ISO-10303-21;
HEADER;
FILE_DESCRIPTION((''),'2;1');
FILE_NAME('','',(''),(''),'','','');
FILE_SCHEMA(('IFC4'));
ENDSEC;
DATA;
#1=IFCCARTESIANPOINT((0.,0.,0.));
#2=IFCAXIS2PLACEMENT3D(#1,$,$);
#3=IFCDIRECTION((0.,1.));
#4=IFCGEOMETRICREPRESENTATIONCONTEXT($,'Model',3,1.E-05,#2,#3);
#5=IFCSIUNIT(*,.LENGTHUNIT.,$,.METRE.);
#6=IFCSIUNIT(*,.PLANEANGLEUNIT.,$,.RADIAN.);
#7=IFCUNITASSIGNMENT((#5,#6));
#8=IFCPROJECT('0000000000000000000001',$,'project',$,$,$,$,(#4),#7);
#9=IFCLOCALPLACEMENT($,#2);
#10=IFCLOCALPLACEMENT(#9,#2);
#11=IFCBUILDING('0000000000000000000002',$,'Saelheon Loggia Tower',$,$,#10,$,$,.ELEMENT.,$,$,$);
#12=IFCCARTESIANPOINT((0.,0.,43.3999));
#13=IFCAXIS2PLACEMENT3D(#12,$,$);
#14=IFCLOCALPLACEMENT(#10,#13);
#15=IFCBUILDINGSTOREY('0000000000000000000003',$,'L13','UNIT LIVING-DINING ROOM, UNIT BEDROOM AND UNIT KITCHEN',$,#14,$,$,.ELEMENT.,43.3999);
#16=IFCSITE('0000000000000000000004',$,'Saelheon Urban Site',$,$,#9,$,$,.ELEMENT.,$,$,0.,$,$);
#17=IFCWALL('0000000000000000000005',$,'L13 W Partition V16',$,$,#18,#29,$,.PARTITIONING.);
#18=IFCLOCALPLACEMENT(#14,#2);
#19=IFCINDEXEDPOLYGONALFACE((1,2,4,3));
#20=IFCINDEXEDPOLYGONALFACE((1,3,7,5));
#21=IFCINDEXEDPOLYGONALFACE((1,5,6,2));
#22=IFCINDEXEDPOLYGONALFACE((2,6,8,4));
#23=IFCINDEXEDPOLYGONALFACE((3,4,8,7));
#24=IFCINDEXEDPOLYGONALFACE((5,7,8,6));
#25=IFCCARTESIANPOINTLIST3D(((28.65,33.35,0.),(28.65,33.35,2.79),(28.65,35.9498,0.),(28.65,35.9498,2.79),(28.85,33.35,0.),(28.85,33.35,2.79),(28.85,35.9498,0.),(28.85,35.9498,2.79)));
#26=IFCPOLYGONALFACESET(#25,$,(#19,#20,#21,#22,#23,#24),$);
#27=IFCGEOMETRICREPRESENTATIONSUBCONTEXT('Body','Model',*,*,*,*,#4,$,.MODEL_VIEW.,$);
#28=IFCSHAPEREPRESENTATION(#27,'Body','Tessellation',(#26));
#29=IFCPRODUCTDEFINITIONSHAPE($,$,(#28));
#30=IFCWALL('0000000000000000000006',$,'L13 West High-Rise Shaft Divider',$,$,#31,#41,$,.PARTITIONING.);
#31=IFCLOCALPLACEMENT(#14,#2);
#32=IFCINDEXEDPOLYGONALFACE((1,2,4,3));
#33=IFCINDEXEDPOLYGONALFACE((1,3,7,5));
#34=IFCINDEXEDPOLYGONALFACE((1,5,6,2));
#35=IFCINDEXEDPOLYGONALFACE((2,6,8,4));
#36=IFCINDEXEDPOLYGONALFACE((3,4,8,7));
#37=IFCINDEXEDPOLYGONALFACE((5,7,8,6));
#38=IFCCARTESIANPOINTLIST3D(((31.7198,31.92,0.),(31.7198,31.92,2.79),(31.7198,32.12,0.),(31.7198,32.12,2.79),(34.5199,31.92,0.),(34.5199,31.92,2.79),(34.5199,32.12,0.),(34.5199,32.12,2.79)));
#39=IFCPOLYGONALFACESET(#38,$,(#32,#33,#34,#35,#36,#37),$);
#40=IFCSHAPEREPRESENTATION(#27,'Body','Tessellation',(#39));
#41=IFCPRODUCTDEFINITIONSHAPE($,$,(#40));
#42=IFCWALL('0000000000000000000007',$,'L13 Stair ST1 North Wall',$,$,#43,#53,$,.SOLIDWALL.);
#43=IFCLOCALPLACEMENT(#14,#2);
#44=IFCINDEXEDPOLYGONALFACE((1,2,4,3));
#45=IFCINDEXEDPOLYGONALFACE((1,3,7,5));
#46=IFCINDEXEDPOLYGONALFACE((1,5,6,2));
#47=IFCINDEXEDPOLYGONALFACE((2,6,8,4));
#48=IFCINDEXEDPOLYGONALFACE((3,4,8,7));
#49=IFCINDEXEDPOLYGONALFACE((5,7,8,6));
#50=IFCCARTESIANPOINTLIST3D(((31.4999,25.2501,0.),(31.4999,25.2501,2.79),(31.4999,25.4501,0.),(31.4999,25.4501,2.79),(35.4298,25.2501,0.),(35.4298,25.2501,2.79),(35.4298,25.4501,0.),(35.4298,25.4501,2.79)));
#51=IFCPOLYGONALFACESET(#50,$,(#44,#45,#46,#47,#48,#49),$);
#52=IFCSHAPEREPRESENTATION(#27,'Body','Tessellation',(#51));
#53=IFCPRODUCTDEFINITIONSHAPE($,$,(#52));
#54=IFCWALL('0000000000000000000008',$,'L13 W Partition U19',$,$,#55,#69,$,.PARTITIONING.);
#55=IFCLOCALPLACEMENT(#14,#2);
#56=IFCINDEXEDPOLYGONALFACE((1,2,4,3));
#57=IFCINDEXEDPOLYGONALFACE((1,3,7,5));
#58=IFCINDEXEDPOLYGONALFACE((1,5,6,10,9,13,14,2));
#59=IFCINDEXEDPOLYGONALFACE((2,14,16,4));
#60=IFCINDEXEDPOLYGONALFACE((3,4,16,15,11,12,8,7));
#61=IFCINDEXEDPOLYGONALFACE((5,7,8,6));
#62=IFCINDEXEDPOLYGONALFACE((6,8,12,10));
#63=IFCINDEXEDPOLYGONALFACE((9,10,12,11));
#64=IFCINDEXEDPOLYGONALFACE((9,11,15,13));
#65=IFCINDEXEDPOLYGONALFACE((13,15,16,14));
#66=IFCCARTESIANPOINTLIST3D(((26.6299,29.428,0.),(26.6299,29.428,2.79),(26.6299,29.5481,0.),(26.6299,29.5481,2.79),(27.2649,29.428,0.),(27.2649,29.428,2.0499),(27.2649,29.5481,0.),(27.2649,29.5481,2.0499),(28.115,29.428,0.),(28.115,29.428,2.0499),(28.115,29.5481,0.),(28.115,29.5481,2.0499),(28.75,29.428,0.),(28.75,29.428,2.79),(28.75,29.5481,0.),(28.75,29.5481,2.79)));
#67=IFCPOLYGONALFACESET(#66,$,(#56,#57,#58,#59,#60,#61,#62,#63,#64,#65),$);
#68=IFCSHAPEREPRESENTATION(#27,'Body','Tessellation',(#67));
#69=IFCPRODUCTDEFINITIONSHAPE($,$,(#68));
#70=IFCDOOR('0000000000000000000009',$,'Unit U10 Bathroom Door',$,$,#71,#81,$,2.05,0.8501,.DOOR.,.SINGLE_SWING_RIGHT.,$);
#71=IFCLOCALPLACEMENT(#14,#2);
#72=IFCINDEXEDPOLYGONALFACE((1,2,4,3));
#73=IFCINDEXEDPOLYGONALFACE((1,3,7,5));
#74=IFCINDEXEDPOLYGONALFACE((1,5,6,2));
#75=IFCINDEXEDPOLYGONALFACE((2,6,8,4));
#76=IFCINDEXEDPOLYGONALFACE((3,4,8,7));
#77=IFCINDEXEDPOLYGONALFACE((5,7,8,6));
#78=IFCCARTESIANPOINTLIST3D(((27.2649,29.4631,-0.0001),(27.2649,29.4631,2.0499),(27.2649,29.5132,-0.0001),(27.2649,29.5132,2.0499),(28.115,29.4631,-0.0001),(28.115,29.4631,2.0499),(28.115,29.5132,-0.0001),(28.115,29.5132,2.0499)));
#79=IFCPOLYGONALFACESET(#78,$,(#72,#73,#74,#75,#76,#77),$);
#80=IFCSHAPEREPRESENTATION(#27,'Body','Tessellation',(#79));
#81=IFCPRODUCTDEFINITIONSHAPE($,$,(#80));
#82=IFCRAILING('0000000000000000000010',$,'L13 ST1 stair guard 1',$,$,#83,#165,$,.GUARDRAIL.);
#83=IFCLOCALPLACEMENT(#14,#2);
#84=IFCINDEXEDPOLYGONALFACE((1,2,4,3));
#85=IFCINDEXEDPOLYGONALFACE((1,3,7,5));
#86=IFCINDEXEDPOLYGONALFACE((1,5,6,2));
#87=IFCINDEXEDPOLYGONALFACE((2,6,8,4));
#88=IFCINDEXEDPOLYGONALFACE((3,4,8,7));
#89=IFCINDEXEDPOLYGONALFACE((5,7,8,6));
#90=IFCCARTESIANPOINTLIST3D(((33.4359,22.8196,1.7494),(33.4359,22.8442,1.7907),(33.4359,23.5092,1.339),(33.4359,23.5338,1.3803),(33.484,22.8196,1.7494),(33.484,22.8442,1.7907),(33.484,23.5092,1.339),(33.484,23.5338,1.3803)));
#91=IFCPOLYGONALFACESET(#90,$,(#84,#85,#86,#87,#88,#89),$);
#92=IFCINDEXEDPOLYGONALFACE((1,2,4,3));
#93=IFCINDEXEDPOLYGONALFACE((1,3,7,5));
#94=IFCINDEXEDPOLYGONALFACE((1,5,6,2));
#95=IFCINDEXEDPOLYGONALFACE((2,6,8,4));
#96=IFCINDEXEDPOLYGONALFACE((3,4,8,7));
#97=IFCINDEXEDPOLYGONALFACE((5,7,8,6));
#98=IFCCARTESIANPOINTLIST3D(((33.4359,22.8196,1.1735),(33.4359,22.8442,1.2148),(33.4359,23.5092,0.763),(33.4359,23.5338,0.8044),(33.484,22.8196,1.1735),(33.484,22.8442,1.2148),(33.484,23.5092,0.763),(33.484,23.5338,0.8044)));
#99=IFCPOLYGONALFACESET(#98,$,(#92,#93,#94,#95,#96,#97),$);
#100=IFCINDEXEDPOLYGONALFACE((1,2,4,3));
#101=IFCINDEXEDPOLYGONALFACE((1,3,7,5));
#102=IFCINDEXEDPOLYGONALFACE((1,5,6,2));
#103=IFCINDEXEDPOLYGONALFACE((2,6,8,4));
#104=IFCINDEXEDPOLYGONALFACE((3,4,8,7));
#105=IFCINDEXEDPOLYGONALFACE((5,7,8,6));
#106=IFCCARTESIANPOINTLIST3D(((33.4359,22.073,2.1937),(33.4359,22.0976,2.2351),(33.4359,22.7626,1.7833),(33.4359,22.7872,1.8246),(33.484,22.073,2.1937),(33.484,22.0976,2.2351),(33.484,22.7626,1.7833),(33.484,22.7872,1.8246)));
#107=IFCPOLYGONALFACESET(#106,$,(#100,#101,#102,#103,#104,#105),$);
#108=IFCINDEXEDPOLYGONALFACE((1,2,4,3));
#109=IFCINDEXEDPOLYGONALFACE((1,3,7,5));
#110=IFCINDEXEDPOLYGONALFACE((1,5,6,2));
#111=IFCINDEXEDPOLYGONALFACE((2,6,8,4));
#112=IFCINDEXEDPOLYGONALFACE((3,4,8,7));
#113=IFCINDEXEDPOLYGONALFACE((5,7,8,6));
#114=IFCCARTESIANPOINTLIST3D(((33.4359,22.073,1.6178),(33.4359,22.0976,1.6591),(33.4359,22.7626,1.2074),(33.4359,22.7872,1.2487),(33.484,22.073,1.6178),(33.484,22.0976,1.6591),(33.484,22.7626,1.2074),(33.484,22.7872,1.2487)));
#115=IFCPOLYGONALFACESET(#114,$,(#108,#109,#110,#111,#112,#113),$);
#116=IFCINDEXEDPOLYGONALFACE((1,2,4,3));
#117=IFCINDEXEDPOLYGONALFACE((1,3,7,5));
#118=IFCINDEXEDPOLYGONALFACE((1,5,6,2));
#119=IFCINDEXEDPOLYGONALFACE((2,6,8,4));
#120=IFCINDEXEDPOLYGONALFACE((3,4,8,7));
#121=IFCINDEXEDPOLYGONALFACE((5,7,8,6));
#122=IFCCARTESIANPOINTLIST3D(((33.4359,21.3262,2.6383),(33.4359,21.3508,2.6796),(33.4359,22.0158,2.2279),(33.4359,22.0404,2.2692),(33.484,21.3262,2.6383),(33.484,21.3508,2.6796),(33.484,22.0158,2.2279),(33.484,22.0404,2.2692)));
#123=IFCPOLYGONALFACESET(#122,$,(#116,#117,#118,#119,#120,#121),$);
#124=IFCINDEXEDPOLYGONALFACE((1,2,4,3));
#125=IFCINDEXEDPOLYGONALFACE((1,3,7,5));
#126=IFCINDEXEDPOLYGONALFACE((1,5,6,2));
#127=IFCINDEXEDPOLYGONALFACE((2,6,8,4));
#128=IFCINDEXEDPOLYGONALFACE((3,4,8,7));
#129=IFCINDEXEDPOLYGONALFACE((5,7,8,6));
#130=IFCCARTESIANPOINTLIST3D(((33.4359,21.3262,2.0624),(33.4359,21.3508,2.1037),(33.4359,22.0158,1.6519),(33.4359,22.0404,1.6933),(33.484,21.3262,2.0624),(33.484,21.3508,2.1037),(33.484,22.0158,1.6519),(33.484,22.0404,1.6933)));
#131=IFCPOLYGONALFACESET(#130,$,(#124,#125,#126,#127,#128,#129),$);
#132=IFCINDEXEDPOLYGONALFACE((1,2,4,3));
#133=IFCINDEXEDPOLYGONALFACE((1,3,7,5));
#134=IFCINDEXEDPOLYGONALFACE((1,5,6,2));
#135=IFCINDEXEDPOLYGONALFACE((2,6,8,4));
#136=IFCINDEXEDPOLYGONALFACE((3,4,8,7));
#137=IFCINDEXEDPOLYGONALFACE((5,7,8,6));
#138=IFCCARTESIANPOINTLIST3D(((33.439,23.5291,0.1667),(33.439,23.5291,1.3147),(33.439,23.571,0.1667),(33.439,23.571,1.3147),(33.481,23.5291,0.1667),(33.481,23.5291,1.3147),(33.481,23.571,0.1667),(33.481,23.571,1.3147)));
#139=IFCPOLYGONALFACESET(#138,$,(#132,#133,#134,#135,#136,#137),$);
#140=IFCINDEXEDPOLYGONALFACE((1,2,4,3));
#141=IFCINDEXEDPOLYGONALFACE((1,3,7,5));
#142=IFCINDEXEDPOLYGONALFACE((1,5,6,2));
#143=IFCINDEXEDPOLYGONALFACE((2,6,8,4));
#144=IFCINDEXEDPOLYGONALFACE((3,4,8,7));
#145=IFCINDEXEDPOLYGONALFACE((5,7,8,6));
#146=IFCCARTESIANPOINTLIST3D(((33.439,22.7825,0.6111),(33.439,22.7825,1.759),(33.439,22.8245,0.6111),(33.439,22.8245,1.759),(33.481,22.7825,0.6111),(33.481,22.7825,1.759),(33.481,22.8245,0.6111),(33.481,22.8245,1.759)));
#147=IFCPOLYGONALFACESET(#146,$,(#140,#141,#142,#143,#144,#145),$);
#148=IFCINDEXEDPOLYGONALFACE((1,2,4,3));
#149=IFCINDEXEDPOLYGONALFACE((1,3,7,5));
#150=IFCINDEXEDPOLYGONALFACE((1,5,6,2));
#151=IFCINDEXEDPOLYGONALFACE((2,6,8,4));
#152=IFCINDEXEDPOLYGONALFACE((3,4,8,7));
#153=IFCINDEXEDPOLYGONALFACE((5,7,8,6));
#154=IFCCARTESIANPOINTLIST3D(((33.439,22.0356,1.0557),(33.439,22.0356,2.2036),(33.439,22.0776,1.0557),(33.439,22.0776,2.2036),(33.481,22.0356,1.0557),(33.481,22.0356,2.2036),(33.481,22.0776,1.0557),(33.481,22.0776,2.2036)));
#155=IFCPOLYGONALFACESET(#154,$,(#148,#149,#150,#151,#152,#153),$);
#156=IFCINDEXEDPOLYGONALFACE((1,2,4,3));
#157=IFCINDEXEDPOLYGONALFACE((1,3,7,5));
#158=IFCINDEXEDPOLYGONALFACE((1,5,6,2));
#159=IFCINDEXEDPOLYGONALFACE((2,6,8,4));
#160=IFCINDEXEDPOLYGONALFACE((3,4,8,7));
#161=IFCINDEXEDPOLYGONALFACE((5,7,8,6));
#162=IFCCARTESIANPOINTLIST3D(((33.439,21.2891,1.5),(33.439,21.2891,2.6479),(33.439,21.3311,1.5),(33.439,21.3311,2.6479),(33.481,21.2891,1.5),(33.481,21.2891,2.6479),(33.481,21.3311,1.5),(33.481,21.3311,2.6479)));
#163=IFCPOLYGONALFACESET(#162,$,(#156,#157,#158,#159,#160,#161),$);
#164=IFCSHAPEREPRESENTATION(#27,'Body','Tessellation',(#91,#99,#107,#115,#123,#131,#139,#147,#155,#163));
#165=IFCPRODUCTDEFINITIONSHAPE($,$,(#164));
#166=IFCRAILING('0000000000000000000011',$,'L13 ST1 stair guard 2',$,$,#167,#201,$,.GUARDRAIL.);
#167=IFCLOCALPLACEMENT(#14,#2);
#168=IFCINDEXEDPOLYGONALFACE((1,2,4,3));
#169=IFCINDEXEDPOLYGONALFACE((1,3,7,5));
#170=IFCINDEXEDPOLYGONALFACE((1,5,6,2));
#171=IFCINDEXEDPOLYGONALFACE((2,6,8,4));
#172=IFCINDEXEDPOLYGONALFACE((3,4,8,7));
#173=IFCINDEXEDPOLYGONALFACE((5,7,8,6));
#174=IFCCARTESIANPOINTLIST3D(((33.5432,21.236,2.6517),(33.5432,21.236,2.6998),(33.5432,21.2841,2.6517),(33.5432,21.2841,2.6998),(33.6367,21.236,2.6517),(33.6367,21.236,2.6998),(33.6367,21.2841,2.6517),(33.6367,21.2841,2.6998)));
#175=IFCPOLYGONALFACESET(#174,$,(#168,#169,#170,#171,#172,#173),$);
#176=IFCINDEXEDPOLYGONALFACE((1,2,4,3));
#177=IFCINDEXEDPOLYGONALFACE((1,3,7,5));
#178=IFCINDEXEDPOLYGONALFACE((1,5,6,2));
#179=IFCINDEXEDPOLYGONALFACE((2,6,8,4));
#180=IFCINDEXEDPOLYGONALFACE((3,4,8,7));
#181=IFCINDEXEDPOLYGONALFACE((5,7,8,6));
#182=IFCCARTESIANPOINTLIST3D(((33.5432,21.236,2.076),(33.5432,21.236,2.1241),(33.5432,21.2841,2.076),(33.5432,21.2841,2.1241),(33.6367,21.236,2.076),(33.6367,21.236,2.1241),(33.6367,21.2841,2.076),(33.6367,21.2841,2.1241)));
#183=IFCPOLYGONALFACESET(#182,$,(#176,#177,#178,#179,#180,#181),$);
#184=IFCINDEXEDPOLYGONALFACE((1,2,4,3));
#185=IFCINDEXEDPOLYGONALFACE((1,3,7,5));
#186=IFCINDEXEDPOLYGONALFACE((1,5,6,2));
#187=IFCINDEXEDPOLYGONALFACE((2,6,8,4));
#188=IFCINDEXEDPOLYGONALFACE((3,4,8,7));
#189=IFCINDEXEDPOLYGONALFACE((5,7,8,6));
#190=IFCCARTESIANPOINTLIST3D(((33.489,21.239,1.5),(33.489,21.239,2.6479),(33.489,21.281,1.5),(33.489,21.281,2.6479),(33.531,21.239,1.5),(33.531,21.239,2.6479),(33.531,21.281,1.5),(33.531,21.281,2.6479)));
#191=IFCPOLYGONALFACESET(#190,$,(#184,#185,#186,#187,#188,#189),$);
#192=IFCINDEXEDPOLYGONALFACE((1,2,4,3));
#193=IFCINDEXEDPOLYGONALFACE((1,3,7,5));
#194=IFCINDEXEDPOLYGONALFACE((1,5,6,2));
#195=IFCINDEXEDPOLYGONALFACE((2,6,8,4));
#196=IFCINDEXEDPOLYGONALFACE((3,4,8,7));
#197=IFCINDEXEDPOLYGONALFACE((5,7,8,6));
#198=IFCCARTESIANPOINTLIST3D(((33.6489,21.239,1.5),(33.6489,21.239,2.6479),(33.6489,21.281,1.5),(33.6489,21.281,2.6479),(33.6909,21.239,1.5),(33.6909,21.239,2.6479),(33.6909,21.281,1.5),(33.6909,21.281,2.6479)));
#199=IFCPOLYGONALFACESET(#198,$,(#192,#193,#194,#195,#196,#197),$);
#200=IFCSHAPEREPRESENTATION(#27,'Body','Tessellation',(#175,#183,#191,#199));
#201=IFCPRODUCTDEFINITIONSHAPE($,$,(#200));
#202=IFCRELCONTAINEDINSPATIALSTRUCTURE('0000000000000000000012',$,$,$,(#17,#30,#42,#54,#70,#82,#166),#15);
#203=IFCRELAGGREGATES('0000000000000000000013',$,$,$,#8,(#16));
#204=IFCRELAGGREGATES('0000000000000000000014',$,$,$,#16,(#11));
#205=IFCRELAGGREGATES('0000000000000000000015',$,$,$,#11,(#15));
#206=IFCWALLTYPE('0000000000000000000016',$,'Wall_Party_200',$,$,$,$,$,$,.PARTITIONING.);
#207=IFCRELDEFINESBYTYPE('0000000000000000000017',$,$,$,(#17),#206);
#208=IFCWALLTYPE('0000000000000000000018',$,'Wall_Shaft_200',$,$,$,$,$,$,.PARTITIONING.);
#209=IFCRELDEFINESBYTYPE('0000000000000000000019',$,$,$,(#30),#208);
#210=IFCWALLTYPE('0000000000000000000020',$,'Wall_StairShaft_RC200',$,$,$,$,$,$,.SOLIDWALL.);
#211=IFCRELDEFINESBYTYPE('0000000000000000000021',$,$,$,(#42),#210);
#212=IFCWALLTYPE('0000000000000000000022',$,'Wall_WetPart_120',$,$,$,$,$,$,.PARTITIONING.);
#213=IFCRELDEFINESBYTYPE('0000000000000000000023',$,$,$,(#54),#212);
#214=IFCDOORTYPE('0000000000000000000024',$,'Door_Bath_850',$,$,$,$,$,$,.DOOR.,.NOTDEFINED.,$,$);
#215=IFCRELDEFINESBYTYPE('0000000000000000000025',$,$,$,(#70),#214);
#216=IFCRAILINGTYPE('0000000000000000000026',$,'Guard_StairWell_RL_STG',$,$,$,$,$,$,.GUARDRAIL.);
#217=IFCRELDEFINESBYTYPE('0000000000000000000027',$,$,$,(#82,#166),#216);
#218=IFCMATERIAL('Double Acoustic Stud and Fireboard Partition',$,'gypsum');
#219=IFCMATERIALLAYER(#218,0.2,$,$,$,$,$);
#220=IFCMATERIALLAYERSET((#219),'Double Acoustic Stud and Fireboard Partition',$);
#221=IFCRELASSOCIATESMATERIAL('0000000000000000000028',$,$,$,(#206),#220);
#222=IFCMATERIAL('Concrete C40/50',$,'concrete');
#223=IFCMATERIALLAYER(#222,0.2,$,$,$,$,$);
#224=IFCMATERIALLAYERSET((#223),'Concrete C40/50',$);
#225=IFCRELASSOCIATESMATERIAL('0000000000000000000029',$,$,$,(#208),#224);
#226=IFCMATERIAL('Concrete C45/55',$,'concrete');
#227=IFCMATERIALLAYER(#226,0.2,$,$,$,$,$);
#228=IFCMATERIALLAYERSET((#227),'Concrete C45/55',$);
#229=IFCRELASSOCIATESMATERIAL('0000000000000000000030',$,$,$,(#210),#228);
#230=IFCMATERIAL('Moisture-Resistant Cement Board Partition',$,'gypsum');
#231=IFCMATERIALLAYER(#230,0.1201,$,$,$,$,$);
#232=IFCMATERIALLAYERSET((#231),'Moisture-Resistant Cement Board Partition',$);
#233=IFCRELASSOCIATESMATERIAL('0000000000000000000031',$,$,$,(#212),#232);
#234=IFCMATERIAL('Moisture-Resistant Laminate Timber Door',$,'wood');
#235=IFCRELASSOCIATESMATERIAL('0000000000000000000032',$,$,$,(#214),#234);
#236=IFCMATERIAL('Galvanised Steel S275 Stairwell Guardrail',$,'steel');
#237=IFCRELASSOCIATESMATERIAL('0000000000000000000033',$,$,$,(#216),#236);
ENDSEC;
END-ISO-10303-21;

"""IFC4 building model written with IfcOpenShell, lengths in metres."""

from ifc_helpers import new_model, si_unit, direction, frame, frame_2d, origin, origin_2d, place, context, subcontext, project, spatial, rectangle, extrude, source, transform, mapped, material, layer, layer_set, type_object, element, fill, save


model = new_model("IFC4")

# Units and contexts
model_context = context("Model", 3, precision=1e-05, world=origin(), true_north=direction((0.0, 1.0)))
body_context = subcontext(model_context, "Body", "Model", "MODEL_VIEW")
ifc_project = project(units=[si_unit("LENGTHUNIT", "METRE"), si_unit("PLANEANGLEUNIT", "RADIAN")], contexts=[model_context])

# Site, building, storey
site_placement = place(None, origin())
site = spatial("IfcSite", under=ifc_project, at=site_placement, Name="Saelheon Urban Site", CompositionType="ELEMENT", RefElevation=0.0)
building_placement = place(site_placement, origin())
building = spatial("IfcBuilding", under=site, at=building_placement, Name="Saelheon Loggia Tower", CompositionType="ELEMENT")
storey_placement = place(building_placement, frame((0.0, 0.0, 43.3999)))
storey = spatial("IfcBuildingStorey", under=building, at=storey_placement, Name="L13", Description="UNIT LIVING-DINING ROOM, UNIT BEDROOM AND UNIT KITCHEN", CompositionType="ELEMENT", Elevation=43.3999)

# Shared definitions
ifc_material_1 = material(Name="Concrete C45/55", Category="concrete")

# Shared definitions
ifc_material_2 = material(Name="Double Acoustic Stud and Fireboard Partition", Category="gypsum")
ifc_layer_1 = layer(ifc_material_2, 0.2)
ifc_layer_set_1 = layer_set([ifc_layer_1], Name="Double Acoustic Stud and Fireboard Partition")
wall_type_1 = type_object("IfcWallType", Name="Wall_Party_200", PredefinedType="PARTITIONING", material=ifc_layer_set_1)

# Walls
wall_1_placement = place(storey_placement, frame((28.75, 33.3501, 0.0), z_axis=(0.0, 0.0, 1.0), x_axis=(0.0, 1.0, 0.0)))
element("IfcWall", 1, at=wall_1_placement, inside=storey, type_object=wall_type_1, Name="L13 W Partition V16", PredefinedType="PARTITIONING", context=body_context, shape_type="SweptSolid", body=[
    extrude(rectangle(XDim=2.5999, YDim=0.2, at=frame_2d((1.2998, 0.0))), origin(), (0.0, 0.0, 1.0), 2.79),
])
ifc_material_3 = material(Name="Concrete C40/50", Category="concrete")
ifc_layer_2 = layer(ifc_material_3, 0.2)
ifc_layer_set_2 = layer_set([ifc_layer_2], Name="Concrete C40/50")
wall_type_2 = type_object("IfcWallType", Name="Wall_Shaft_200", PredefinedType="PARTITIONING", material=ifc_layer_set_2)
wall_2_placement = place(storey_placement, frame((31.72, 32.02, 0.0), z_axis=(0.0, 0.0, 1.0), x_axis=(1.0, 0.0, 0.0)))
element("IfcWall", 2, at=wall_2_placement, inside=storey, type_object=wall_type_2, Name="L13 West High-Rise Shaft Divider", PredefinedType="PARTITIONING", context=body_context, shape_type="SweptSolid", body=[
    extrude(rectangle(XDim=2.8, YDim=0.2, at=frame_2d((1.3999, 0.0))), origin(), (0.0, 0.0, 1.0), 2.79),
])
ifc_layer_3 = layer(ifc_material_1, 0.2)
ifc_layer_set_3 = layer_set([ifc_layer_3], Name="Concrete C45/55")
wall_type_3 = type_object("IfcWallType", Name="Wall_StairShaft_RC200", PredefinedType="SOLIDWALL", material=ifc_layer_set_3)
wall_3_placement = place(storey_placement, frame((31.5, 25.3501, 0.0), z_axis=(0.0, 0.0, 1.0), x_axis=(1.0, 0.0, 0.0)))
element("IfcWall", 3, at=wall_3_placement, inside=storey, type_object=wall_type_3, Name="L13 Stair ST1 North Wall", PredefinedType="SOLIDWALL", context=body_context, shape_type="SweptSolid", body=[
    extrude(rectangle(XDim=3.9299, YDim=0.2, at=frame_2d((1.9648, 0.0))), origin(), (0.0, 0.0, 1.0), 2.79),
])

# Wall, opening, door
ifc_material_4 = material(Name="Moisture-Resistant Cement Board Partition", Category="gypsum")
ifc_layer_4 = layer(ifc_material_4, 0.1201)
ifc_layer_set_4 = layer_set([ifc_layer_4], Name="Moisture-Resistant Cement Board Partition")
wall_type_4 = type_object("IfcWallType", Name="Wall_WetPart_120", PredefinedType="PARTITIONING", material=ifc_layer_set_4)
wall_4_placement = place(storey_placement, frame((28.75, 29.488, 0.0), z_axis=(0.0, 0.0, 1.0), x_axis=(-1.0, 0.0, 0.0)))
wall_4 = element("IfcWall", 4, at=wall_4_placement, inside=storey, type_object=wall_type_4, Name="L13 W Partition U19", PredefinedType="PARTITIONING", context=body_context, shape_type="SweptSolid", body=[
    extrude(rectangle(XDim=2.1201, YDim=0.1201, at=frame_2d((1.0601, 0.0))), origin(), (0.0, 0.0, 1.0), 2.79),
])
opening_1_placement = place(wall_4_placement, frame((0.635, 0.0, 0.0)))
opening_1 = element("IfcOpeningElement", 5, at=opening_1_placement, cuts=wall_4, PredefinedType="OPENING", context=body_context, shape_type="SweptSolid", body=[
    extrude(rectangle(XDim=0.8501, YDim=2.05, at=frame_2d((0.425, 1.0249))), frame((0.0, 0.072, 0.0), z_axis=(0.0, -1.0, 0.0), x_axis=(1.0, 0.0, 0.0)), (0.0, 0.0, 1.0), 0.144),
])
ifc_material_5 = material(Name="Moisture-Resistant Laminate Timber Door", Category="wood")
door_type_1 = type_object("IfcDoorType", Name="Door_Bath_850", OperationType="NOTDEFINED", PredefinedType="DOOR", material=ifc_material_5)
shared_shape_1 = source(origin(), body_context, "Body", "SweptSolid", [
    extrude(rectangle(XDim=0.8501, YDim=2.05, at=frame_2d((0.425, 1.0249))), frame((0.0, 0.0249, 0.0), z_axis=(0.0, -1.0, 0.0), x_axis=(1.0, 0.0, 0.0)), (0.0, 0.0, 1.0), 0.05),
])
door_1_placement = place(opening_1_placement, origin())
door_1 = element("IfcDoor", 6, at=door_1_placement, inside=storey, type_object=door_type_1, Name="Unit U10 Bathroom Door", OperationType="SINGLE_SWING_RIGHT", OverallHeight=2.05, OverallWidth=0.8501, PredefinedType="DOOR", context=body_context, shape_type="MappedRepresentation", body=[
    mapped(shared_shape_1, transform((0.0, 0.0, 0.0), scale=1.0)),
])
fill(opening_1, door_1)

# Railings
ifc_material_6 = material(Name="Galvanised Steel S275 Stairwell Guardrail", Category="steel")
railing_type_1 = type_object("IfcRailingType", Name="Guard_StairWell_RL_STG", PredefinedType="GUARDRAIL", material=ifc_material_6)
railing_1_placement = place(storey_placement, frame((33.46, 23.55, 0.1667)))
element("IfcRailing", 7, at=railing_1_placement, inside=storey, type_object=railing_type_1, Name="L13 ST1 stair guard 1", PredefinedType="GUARDRAIL", context=body_context, shape_type="SweptSolid", body=[
    extrude(rectangle(XDim=0.0481, YDim=0.0481, at=origin_2d()), frame((0.0, -0.0286, 1.1929), z_axis=(0.0, -0.859306, 0.511462), x_axis=(1.0, 0.0, 0.0)), (0.0, 0.0, 1.0), 0.8025),
    extrude(rectangle(XDim=0.0481, YDim=0.0481, at=origin_2d()), frame((0.0, -0.0286, 0.6169), z_axis=(0.0, -0.859306, 0.511462), x_axis=(1.0, 0.0, 0.0)), (0.0, 0.0, 1.0), 0.8025),
    extrude(rectangle(XDim=0.0481, YDim=0.0481, at=origin_2d()), frame((0.0, -0.7751, 1.6372), z_axis=(0.0, -0.859306, 0.511462), x_axis=(1.0, 0.0, 0.0)), (0.0, 0.0, 1.0), 0.8025),
    extrude(rectangle(XDim=0.0481, YDim=0.0481, at=origin_2d()), frame((0.0, -0.7751, 1.0613), z_axis=(0.0, -0.859306, 0.511462), x_axis=(1.0, 0.0, 0.0)), (0.0, 0.0, 1.0), 0.8025),
    extrude(rectangle(XDim=0.0481, YDim=0.0481, at=origin_2d()), frame((0.0, -1.522, 2.0818), z_axis=(0.0, -0.859306, 0.511462), x_axis=(1.0, 0.0, 0.0)), (0.0, 0.0, 1.0), 0.8025),
    extrude(rectangle(XDim=0.0481, YDim=0.0481, at=origin_2d()), frame((0.0, -1.522, 1.5059), z_axis=(0.0, -0.859306, 0.511462), x_axis=(1.0, 0.0, 0.0)), (0.0, 0.0, 1.0), 0.8025),
    extrude(rectangle(XDim=0.042, YDim=0.042, at=origin_2d()), origin(), (0.0, 0.0, 1.0), 1.1479),
    extrude(rectangle(XDim=0.042, YDim=0.042, at=origin_2d()), frame((0.0, -0.7466, 0.4443)), (0.0, 0.0, 1.0), 1.1479),
    extrude(rectangle(XDim=0.042, YDim=0.042, at=origin_2d()), frame((0.0, -1.4934, 0.8889)), (0.0, 0.0, 1.0), 1.1479),
    extrude(rectangle(XDim=0.042, YDim=0.042, at=origin_2d()), frame((0.0, -2.24, 1.3333)), (0.0, 0.0, 1.0), 1.1479),
])
railing_2_placement = place(storey_placement, frame((33.51, 21.26, 1.5)))
element("IfcRailing", 8, at=railing_2_placement, inside=storey, type_object=railing_type_1, Name="L13 ST1 stair guard 2", PredefinedType="GUARDRAIL", context=body_context, shape_type="SweptSolid", body=[
    extrude(rectangle(XDim=0.0481, YDim=0.0481, at=origin_2d()), frame((0.0332, 0.0, 1.1758), z_axis=(1.0, 0.0, 0.0), x_axis=(0.0, 1.0, 0.0)), (0.0, 0.0, 1.0), 0.0935),
    extrude(rectangle(XDim=0.0481, YDim=0.0481, at=origin_2d()), frame((0.0332, 0.0, 0.6001), z_axis=(1.0, 0.0, 0.0), x_axis=(0.0, 1.0, 0.0)), (0.0, 0.0, 1.0), 0.0935),
    extrude(rectangle(XDim=0.042, YDim=0.042, at=origin_2d()), origin(), (0.0, 0.0, 1.0), 1.1479),
    extrude(rectangle(XDim=0.042, YDim=0.042, at=origin_2d()), frame((0.1599, 0.0, 0.0)), (0.0, 0.0, 1.0), 1.1479),
])

save(model, "model.ifc")
